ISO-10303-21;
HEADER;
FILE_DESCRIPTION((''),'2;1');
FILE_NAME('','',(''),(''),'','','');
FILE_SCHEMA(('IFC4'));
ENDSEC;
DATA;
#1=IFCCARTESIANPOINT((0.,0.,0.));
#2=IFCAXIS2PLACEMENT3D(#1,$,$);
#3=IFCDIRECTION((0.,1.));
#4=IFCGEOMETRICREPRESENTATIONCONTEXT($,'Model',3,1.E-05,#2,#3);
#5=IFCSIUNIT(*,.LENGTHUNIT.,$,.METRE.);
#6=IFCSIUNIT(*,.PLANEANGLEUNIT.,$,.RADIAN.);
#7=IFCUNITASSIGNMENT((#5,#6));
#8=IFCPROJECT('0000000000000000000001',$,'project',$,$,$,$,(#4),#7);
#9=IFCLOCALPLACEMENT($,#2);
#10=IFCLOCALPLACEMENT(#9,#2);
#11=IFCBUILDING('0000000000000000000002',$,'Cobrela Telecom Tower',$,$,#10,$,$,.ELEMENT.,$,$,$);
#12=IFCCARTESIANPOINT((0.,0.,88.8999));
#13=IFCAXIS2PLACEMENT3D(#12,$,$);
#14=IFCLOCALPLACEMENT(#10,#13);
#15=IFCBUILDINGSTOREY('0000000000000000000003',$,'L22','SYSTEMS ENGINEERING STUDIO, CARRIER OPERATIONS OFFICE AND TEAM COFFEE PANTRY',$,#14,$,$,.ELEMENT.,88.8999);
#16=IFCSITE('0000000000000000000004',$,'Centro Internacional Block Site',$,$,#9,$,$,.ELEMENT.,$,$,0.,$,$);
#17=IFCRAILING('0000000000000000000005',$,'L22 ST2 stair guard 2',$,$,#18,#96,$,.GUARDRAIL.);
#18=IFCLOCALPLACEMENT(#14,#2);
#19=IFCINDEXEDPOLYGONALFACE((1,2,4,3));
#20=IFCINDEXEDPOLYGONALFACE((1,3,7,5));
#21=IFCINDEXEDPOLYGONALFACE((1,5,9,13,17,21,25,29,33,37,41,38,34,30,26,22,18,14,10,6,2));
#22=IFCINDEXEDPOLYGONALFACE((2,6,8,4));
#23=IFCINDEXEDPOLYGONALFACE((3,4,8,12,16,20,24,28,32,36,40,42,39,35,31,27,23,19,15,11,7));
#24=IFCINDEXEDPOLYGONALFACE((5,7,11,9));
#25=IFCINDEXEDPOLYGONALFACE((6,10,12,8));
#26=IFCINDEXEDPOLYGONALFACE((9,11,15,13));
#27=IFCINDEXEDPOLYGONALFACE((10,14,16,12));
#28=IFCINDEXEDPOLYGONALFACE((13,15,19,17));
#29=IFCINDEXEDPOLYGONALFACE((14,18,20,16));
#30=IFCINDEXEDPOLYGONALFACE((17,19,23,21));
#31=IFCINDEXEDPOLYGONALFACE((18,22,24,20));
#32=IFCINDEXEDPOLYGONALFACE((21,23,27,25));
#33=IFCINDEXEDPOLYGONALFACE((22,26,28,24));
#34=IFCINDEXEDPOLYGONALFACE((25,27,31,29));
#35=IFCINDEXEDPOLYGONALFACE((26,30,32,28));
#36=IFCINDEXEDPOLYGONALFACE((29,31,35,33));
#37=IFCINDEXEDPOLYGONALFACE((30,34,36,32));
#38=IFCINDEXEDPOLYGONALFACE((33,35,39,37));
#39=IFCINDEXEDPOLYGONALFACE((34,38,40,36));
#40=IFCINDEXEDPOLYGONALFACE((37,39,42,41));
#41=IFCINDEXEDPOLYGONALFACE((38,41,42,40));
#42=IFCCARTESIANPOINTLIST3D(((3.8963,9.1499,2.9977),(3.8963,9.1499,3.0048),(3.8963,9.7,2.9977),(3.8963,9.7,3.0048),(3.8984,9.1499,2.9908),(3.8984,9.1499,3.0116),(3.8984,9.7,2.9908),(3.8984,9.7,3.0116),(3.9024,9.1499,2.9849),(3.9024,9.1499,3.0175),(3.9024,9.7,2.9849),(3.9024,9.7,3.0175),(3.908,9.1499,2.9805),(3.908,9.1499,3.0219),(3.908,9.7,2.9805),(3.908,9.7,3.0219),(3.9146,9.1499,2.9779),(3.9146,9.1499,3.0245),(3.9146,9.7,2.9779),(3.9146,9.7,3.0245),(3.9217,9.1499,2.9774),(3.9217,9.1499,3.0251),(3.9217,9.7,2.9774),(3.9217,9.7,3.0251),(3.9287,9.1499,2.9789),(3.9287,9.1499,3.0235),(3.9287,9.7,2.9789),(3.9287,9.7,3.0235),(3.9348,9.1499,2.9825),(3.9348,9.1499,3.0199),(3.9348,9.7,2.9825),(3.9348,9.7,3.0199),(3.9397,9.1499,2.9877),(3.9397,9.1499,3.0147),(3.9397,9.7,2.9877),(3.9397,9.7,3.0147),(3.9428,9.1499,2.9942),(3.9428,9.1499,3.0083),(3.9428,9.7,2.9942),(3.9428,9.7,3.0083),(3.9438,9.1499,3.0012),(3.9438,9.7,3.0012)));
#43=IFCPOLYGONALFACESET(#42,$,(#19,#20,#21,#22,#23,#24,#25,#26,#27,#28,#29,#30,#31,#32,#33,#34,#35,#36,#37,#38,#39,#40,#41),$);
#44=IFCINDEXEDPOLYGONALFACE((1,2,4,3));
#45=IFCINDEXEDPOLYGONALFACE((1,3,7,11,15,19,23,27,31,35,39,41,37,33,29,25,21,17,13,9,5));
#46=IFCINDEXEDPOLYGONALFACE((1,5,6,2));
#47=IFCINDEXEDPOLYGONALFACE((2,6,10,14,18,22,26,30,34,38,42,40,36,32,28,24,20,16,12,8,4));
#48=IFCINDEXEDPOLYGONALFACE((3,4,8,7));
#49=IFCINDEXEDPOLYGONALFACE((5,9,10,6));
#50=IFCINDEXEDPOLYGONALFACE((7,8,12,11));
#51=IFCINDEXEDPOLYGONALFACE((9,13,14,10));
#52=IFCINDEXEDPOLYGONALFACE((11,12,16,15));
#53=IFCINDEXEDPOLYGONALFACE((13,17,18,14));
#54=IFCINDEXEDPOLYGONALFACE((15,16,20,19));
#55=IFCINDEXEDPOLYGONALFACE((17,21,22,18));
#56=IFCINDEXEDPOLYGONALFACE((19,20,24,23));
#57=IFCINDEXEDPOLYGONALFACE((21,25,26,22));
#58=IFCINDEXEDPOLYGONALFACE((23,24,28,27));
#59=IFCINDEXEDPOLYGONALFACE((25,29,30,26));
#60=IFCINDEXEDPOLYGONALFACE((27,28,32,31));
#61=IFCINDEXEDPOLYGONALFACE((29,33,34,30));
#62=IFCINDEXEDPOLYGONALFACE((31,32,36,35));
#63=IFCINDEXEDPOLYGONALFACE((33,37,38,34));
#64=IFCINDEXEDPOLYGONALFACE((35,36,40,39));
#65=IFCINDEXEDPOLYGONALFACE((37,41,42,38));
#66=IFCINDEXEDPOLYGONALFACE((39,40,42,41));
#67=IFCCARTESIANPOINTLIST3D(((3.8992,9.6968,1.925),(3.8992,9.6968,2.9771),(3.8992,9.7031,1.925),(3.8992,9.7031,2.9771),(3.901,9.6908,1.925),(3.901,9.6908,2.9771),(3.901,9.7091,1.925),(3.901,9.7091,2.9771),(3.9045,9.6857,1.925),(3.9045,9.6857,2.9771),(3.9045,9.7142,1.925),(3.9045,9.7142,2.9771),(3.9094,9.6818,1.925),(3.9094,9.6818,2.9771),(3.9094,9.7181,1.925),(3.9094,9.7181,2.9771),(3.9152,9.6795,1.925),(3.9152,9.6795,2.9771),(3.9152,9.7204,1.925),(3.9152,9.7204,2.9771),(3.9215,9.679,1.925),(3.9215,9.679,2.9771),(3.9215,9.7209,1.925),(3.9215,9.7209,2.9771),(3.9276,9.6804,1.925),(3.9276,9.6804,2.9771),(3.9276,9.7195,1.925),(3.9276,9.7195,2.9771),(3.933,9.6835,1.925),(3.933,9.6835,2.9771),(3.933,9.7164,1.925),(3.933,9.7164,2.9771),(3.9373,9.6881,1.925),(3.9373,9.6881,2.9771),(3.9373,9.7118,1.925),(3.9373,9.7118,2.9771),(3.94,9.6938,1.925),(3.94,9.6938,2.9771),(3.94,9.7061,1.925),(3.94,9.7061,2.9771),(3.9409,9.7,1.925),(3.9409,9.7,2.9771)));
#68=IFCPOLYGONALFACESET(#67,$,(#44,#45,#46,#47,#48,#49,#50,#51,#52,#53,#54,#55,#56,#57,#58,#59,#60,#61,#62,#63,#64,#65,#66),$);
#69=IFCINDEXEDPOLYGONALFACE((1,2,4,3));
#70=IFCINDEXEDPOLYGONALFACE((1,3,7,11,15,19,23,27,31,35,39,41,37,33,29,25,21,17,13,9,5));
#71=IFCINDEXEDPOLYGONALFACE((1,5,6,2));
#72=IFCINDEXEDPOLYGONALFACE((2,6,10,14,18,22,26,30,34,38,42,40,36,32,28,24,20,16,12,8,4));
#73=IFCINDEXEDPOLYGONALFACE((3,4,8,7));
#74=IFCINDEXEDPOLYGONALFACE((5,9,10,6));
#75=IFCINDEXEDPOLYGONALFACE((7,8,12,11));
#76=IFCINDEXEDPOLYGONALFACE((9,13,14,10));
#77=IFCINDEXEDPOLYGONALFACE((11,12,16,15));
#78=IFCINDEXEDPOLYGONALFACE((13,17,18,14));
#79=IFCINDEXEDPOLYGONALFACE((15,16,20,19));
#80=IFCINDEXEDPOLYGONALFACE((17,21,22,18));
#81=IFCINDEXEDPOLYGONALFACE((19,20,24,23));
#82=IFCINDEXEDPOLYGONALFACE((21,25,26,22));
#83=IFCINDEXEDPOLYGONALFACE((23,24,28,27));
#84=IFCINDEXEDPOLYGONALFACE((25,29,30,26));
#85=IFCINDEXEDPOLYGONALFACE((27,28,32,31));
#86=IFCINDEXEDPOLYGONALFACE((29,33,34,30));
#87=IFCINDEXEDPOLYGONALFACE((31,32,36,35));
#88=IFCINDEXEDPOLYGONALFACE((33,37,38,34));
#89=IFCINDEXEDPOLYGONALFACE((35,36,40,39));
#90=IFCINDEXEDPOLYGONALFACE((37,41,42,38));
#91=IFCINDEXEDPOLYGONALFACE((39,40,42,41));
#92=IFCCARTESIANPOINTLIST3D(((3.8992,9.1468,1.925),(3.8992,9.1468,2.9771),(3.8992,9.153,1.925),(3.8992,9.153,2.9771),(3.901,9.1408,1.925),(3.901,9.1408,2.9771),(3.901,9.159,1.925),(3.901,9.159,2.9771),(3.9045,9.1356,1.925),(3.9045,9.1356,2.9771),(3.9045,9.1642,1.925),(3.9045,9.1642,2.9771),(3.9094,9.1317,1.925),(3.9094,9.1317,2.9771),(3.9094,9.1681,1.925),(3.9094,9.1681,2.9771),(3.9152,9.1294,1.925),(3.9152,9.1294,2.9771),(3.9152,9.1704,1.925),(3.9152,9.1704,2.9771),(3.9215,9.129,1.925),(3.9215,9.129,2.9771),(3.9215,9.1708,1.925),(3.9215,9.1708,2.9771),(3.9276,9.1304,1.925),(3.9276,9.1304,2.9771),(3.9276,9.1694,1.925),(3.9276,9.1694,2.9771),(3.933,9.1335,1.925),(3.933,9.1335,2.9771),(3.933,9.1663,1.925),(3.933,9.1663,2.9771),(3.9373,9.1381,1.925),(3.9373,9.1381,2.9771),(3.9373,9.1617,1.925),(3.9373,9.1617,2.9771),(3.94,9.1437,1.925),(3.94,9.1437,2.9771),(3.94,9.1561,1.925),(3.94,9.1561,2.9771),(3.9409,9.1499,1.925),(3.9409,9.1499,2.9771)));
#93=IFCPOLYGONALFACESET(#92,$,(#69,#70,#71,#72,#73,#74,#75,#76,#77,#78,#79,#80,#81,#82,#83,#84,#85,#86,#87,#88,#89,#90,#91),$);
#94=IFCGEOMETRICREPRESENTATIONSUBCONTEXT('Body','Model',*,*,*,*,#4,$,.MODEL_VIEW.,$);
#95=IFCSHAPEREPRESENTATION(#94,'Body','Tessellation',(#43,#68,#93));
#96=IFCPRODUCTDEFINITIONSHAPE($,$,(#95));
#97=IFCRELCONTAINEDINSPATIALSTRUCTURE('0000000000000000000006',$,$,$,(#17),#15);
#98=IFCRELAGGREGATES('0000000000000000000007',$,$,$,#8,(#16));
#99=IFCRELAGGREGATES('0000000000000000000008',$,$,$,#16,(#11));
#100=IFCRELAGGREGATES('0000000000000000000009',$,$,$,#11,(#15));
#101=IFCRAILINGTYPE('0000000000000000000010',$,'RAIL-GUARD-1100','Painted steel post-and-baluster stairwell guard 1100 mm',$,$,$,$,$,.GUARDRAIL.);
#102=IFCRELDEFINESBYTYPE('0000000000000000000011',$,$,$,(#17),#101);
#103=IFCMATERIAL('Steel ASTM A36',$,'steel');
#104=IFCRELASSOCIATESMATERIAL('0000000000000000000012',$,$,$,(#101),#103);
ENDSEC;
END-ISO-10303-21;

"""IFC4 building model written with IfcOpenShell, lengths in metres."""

from ifc_helpers import new_model, si_unit, direction, frame, origin, origin_2d, place, context, subcontext, project, spatial, circle, extrude, material, type_object, element, save


model = new_model("IFC4")

# Units and contexts
model_context = context("Model", 3, precision=1e-05, world=origin(), true_north=direction((0.0, 1.0)))
body_context = subcontext(model_context, "Body", "Model", "MODEL_VIEW")
ifc_project = project(units=[si_unit("LENGTHUNIT", "METRE"), si_unit("PLANEANGLEUNIT", "RADIAN")], contexts=[model_context])

# Site, building, storey
site_placement = place(None, origin())
site = spatial("IfcSite", under=ifc_project, at=site_placement, Name="Centro Internacional Block Site", CompositionType="ELEMENT", RefElevation=0.0)
building_placement = place(site_placement, origin())
building = spatial("IfcBuilding", under=site, at=building_placement, Name="Cobrela Telecom Tower", CompositionType="ELEMENT")
storey_placement = place(building_placement, frame((0.0, 0.0, 88.8999)))
storey = spatial("IfcBuildingStorey", under=building, at=storey_placement, Name="L22", Description="SYSTEMS ENGINEERING STUDIO, CARRIER OPERATIONS OFFICE AND TEAM COFFEE PANTRY", CompositionType="ELEMENT", Elevation=88.8999)

# Railing
ifc_material_1 = material(Name="Steel ASTM A36", Category="steel")
railing_type_1 = type_object("IfcRailingType", Name="RAIL-GUARD-1100", Description="Painted steel post-and-baluster stairwell guard 1100 mm", PredefinedType="GUARDRAIL", material=ifc_material_1)
railing_1_placement = place(storey_placement, frame((3.9199, 9.7, 1.925)))
element("IfcRailing", 1, at=railing_1_placement, inside=storey, type_object=railing_type_1, Name="L22 ST2 stair guard 2", PredefinedType="GUARDRAIL", context=body_context, shape_type="SweptSolid", body=[
    extrude(circle(Radius=0.0239, at=origin_2d()), frame((0.0, 0.0, 1.0762), z_axis=(0.0, -1.0, 0.0), x_axis=(1.0, 0.0, 0.0)), (0.0, 0.0, 1.0), 0.55),
    extrude(circle(Radius=0.021, at=origin_2d()), origin(), (0.0, 0.0, 1.0), 1.052),
    extrude(circle(Radius=0.021, at=origin_2d()), frame((0.0, -0.55, 0.0)), (0.0, 0.0, 1.0), 1.052),
])

save(model, "model.ifc")
